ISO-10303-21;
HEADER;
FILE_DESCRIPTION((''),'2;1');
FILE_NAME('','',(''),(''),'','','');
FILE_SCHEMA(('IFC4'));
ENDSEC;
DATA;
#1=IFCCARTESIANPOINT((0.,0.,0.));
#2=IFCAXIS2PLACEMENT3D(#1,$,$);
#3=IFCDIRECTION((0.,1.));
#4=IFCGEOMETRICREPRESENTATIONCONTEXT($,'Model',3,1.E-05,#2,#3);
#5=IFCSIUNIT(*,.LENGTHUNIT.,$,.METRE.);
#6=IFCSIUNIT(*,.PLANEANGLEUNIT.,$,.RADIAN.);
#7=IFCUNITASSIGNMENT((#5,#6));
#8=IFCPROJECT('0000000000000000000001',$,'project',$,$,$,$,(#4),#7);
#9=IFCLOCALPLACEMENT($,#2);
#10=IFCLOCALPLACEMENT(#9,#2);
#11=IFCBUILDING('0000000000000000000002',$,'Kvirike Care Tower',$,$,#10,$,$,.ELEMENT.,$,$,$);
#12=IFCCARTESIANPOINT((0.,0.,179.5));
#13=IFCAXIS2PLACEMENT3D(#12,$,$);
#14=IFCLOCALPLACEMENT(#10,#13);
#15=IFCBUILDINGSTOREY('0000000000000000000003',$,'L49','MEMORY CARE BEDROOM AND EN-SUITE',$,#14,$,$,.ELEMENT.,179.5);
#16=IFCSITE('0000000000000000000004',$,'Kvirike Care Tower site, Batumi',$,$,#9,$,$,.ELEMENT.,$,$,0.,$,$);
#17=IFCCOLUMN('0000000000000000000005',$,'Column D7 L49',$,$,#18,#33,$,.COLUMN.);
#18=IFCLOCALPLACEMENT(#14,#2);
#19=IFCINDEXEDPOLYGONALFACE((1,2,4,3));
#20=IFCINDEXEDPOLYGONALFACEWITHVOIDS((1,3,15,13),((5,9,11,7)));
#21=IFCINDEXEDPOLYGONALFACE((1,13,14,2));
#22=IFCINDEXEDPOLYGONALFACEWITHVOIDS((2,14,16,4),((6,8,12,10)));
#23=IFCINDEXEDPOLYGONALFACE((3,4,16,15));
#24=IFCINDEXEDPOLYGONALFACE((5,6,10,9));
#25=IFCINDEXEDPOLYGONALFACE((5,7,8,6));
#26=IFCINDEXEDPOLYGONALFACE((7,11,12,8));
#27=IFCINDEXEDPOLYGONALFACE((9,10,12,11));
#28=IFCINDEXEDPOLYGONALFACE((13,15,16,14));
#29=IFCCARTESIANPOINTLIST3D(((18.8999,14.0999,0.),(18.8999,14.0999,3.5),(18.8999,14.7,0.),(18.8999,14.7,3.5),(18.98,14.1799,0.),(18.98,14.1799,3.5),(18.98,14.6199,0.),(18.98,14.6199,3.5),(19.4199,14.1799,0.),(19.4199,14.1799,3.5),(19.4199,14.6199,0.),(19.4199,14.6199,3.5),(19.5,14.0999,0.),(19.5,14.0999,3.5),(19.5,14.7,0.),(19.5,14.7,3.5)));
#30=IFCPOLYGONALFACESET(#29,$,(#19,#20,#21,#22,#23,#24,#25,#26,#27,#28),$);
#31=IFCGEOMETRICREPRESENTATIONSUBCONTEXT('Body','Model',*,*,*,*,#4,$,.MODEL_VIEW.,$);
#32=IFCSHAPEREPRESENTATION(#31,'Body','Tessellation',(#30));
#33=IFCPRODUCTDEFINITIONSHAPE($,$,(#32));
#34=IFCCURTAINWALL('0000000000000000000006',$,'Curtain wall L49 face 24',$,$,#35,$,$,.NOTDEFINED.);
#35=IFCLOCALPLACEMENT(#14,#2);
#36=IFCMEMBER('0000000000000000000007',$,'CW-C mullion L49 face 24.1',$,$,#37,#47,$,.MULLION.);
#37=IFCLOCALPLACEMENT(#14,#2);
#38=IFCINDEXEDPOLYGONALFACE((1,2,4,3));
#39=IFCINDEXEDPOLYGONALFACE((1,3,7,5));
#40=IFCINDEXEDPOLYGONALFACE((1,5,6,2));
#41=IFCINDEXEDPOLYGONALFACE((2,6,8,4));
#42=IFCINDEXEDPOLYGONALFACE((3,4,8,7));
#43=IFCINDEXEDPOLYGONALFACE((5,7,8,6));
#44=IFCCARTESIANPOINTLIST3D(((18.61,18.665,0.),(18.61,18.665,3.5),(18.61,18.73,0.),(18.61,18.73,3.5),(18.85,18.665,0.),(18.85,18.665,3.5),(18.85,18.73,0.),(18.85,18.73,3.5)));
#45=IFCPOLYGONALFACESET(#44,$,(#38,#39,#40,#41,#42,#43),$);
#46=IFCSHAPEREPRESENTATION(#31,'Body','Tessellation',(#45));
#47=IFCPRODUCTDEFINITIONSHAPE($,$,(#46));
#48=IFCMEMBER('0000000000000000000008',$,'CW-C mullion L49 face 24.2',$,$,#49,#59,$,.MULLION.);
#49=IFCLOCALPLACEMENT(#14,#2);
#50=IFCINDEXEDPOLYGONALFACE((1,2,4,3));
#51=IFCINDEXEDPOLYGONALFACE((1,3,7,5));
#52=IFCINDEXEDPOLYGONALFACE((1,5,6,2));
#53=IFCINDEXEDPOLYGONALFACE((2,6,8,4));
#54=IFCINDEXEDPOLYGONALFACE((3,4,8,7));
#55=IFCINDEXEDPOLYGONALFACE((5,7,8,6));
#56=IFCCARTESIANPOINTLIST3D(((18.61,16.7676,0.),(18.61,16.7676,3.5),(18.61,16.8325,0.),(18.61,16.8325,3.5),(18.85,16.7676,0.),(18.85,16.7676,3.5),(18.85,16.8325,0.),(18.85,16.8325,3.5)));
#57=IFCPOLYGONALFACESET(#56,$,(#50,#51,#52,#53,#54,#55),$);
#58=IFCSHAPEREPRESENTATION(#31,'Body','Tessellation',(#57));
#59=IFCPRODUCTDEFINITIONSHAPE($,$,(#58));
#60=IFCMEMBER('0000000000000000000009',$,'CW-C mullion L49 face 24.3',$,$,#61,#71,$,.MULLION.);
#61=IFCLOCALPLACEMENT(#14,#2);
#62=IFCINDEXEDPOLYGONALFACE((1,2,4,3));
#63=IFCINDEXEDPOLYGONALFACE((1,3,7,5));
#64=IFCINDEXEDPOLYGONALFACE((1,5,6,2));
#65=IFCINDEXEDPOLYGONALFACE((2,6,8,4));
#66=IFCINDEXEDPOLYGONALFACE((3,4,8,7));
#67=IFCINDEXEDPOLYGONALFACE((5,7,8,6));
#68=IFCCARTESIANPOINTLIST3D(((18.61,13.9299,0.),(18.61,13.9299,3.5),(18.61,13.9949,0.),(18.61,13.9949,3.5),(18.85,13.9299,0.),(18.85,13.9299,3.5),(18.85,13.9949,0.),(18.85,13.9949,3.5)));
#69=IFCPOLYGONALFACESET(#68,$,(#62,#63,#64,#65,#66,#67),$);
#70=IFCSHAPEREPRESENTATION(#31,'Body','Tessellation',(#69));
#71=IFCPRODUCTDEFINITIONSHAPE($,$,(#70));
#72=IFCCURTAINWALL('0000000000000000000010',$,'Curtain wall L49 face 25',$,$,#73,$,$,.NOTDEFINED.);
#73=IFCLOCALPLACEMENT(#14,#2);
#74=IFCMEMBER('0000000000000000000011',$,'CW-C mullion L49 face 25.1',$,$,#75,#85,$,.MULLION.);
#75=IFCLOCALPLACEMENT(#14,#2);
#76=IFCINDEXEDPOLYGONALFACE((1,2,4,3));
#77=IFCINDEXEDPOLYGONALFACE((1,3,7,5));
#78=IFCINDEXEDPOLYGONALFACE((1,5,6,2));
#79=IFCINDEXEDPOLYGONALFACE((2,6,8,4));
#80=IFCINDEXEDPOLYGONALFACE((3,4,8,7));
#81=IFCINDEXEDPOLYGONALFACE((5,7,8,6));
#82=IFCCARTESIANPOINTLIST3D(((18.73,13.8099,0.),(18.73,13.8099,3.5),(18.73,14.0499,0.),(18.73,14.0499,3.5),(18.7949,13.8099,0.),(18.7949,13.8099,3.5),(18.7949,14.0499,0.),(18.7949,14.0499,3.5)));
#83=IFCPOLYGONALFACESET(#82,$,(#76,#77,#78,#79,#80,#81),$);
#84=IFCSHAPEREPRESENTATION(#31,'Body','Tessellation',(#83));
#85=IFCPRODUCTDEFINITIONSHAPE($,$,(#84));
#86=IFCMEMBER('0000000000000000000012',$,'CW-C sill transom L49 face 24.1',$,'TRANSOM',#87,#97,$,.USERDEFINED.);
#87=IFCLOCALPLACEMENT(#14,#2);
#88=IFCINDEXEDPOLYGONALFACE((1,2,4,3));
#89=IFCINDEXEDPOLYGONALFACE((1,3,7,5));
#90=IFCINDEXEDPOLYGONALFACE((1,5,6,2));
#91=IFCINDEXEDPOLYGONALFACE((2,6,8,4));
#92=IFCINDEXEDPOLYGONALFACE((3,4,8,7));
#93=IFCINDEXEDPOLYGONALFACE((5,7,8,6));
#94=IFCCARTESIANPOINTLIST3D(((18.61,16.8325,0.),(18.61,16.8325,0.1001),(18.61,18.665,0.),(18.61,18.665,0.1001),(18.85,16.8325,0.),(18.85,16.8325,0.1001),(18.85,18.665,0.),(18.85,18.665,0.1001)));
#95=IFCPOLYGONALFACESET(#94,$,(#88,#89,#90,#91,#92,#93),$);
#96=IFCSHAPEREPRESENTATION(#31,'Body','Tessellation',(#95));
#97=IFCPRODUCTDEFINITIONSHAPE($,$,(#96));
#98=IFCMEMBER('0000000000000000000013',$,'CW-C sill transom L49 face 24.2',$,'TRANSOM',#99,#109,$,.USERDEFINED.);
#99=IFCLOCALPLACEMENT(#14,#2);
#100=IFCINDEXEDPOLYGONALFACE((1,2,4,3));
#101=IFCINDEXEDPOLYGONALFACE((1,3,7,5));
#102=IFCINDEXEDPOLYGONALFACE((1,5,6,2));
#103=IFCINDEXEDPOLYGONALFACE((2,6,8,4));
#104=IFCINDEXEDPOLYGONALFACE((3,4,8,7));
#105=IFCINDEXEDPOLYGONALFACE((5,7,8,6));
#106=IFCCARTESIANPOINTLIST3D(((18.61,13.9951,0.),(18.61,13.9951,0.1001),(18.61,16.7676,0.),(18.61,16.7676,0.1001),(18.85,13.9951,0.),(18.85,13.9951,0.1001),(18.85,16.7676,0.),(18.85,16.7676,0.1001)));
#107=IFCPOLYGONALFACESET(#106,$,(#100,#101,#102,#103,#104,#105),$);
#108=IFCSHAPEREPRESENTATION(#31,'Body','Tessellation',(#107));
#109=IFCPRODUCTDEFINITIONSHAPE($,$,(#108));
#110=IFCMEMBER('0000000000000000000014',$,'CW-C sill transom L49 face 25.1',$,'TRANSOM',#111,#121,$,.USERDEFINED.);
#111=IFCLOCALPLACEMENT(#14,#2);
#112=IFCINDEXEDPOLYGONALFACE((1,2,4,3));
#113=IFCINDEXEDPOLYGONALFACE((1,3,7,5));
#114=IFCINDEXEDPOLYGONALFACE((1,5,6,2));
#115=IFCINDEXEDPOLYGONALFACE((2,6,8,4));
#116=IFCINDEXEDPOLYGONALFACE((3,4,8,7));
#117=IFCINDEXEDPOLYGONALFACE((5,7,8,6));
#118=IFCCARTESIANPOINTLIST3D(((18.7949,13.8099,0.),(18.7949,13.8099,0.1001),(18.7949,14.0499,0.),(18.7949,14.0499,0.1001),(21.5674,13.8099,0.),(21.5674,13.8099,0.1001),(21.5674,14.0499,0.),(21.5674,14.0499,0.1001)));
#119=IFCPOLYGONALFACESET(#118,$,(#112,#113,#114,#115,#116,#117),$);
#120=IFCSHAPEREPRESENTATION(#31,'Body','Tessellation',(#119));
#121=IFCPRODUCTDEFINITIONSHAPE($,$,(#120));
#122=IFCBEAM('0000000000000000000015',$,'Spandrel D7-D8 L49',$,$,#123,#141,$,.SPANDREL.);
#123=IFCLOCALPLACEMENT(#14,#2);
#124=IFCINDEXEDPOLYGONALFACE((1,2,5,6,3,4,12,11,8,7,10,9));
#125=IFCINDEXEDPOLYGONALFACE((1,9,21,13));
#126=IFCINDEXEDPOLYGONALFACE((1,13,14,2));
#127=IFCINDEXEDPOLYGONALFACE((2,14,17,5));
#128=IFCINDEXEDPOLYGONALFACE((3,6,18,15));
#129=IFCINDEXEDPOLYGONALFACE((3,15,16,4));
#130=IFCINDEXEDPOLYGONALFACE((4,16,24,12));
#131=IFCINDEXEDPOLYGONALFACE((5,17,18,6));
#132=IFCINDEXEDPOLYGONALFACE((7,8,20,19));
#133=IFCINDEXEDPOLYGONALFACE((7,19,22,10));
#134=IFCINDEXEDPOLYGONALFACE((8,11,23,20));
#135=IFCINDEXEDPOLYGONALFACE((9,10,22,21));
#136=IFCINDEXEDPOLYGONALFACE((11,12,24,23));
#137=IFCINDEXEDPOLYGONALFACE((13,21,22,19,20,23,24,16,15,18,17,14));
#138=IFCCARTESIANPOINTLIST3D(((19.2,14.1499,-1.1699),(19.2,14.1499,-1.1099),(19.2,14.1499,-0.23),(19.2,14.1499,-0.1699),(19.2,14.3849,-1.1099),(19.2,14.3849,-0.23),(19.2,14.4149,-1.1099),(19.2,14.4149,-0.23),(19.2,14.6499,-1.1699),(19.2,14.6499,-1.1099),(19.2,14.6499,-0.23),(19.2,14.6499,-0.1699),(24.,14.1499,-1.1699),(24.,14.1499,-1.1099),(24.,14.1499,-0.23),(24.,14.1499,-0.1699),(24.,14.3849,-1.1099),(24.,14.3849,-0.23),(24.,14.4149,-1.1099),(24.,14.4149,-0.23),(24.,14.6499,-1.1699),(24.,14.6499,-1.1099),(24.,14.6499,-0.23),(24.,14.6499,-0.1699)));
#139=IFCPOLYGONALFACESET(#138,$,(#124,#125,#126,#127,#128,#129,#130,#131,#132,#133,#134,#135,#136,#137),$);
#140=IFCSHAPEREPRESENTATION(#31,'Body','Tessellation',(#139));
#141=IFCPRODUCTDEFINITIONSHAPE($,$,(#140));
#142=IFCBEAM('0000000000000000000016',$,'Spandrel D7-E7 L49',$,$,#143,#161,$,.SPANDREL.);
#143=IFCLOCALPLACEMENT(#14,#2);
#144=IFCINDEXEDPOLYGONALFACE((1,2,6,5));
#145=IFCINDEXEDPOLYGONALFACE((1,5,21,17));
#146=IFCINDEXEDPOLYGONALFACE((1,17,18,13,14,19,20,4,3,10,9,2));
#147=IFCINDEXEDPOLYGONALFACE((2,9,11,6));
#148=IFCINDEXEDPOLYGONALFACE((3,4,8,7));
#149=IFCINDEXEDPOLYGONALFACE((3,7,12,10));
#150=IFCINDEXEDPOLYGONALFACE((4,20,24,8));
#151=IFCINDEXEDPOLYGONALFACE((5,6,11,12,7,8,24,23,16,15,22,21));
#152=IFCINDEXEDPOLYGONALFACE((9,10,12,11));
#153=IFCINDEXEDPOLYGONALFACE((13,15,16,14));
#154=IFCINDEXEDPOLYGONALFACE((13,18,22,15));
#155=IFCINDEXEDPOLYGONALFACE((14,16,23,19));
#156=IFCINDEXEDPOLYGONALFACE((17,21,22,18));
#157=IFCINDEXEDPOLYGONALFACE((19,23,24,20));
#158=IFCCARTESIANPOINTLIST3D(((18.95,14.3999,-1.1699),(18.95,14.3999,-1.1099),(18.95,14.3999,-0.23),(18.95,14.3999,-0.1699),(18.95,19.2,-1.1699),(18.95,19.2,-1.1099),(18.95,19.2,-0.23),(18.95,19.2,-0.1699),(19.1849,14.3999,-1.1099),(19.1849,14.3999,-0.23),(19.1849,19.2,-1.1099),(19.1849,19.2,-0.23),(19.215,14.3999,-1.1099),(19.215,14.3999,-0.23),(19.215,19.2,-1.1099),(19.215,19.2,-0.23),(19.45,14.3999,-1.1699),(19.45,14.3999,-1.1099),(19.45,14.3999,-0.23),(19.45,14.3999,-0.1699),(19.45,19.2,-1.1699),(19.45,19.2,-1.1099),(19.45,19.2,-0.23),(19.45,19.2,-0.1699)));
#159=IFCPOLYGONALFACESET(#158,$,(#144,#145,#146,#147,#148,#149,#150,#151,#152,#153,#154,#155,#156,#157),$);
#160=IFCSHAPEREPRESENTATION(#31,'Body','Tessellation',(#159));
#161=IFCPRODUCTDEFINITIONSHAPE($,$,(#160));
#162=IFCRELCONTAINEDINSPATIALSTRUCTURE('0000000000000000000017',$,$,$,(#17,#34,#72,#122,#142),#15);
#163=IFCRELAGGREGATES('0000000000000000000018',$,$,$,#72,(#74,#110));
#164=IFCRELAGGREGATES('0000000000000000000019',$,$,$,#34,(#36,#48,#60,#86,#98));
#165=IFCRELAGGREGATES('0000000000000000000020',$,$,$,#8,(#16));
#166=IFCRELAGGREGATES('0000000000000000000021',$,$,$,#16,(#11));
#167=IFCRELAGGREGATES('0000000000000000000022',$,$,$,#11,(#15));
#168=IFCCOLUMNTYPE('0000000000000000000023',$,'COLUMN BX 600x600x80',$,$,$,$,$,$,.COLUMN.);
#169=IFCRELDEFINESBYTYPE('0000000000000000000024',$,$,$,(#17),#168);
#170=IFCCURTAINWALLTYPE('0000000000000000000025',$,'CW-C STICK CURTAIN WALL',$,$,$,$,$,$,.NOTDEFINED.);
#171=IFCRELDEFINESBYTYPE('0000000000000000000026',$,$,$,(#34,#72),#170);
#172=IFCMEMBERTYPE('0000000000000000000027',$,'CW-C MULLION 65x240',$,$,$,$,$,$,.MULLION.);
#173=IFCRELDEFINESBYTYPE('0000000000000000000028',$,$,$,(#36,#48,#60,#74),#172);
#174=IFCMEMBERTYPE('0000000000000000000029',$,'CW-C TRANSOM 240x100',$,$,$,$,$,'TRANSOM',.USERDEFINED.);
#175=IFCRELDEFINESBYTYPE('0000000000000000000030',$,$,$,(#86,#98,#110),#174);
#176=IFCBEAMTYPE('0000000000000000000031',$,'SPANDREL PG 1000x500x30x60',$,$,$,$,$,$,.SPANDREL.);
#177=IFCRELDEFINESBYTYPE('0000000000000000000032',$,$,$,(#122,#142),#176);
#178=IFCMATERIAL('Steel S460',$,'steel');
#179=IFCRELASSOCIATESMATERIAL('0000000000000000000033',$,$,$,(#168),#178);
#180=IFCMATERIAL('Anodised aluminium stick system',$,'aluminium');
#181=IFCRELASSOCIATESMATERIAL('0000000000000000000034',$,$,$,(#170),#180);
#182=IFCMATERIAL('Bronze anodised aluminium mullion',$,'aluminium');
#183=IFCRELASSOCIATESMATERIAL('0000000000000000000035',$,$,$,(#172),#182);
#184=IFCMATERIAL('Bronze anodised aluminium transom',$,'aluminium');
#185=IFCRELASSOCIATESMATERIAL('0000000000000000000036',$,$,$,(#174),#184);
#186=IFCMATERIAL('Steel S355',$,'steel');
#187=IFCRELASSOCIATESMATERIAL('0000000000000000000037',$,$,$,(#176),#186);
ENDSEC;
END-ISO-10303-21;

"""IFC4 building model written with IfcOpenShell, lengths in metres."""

from ifc_helpers import new_model, si_unit, direction, frame, origin, origin_2d, place, context, subcontext, project, spatial, rectangle, hollow_rectangle, i_section, extrude, material, material_profile, profile_set, type_object, element, aggregate, save


model = new_model("IFC4")

# Units and contexts
model_context = context("Model", 3, precision=1e-05, world=origin(), true_north=direction((0.0, 1.0)))
body_context = subcontext(model_context, "Body", "Model", "MODEL_VIEW")
ifc_project = project(units=[si_unit("LENGTHUNIT", "METRE"), si_unit("PLANEANGLEUNIT", "RADIAN")], contexts=[model_context])

# Site, building, storey
site_placement = place(None, origin())
site = spatial("IfcSite", under=ifc_project, at=site_placement, Name="Kvirike Care Tower site, Batumi", CompositionType="ELEMENT", RefElevation=0.0)
building_placement = place(site_placement, origin())
building = spatial("IfcBuilding", under=site, at=building_placement, Name="Kvirike Care Tower", CompositionType="ELEMENT")
storey_placement = place(building_placement, frame((0.0, 0.0, 179.5)))
storey = spatial("IfcBuildingStorey", under=building, at=storey_placement, Name="L49", Description="MEMORY CARE BEDROOM AND EN-SUITE", CompositionType="ELEMENT", Elevation=179.5)

# Column
ifc_material_1 = material(Name="Steel S460", Category="steel")
ifc_material_profile_1 = material_profile(ifc_material_1, hollow_rectangle(XDim=0.6001, YDim=0.6001, WallThickness=0.0801, at=origin_2d()), Name="BX 600x600x80")
ifc_profile_set_1 = profile_set([ifc_material_profile_1], Name="Steel S460")
column_type = type_object("IfcColumnType", Name="COLUMN BX 600x600x80", PredefinedType="COLUMN", material=ifc_profile_set_1)
column_placement = place(storey_placement, frame((19.2, 14.3999, 0.0), z_axis=(0.0, 0.0, 1.0), x_axis=(0.0, 1.0, 0.0)))
element("IfcColumn", 1, at=column_placement, inside=storey, type_object=column_type, Name="Column D7 L49", PredefinedType="COLUMN", context=body_context, shape_type="SweptSolid", body=[
    extrude(hollow_rectangle(XDim=0.6001, YDim=0.6001, WallThickness=0.0801, at=origin_2d()), origin(), (0.0, 0.0, 1.0), 3.5),
])

# Curtain wall, members
ifc_material_2 = material(Name="Anodised aluminium stick system", Category="aluminium")
curtain_wall_type = type_object("IfcCurtainWallType", Name="CW-C STICK CURTAIN WALL", PredefinedType="NOTDEFINED", material=ifc_material_2)
curtain_wall_1_placement = place(storey_placement, origin())
curtain_wall_1 = element("IfcCurtainWall", 2, at=curtain_wall_1_placement, inside=storey, type_object=curtain_wall_type, Name="Curtain wall L49 face 24", PredefinedType="NOTDEFINED")
ifc_material_3 = material(Name="Bronze anodised aluminium mullion", Category="aluminium")
ifc_material_profile_2 = material_profile(ifc_material_3, rectangle(XDim=0.0649, YDim=0.24, at=origin_2d()), Name="CW-C MULLION 65x240")
ifc_profile_set_2 = profile_set([ifc_material_profile_2], Name="Bronze anodised aluminium mullion")
member_type_1 = type_object("IfcMemberType", Name="CW-C MULLION 65x240", PredefinedType="MULLION", material=ifc_profile_set_2)
member_1_placement = place(storey_placement, frame((18.73, 18.6975, 0.0), z_axis=(0.0, 0.0, 1.0), x_axis=(0.0, -1.0, 0.0)))
member_1 = element("IfcMember", 3, at=member_1_placement, type_object=member_type_1, Name="CW-C mullion L49 face 24.1", PredefinedType="MULLION", context=body_context, shape_type="SweptSolid", body=[
    extrude(rectangle(XDim=0.0649, YDim=0.24, at=origin_2d()), origin(), (0.0, 0.0, 1.0), 3.5),
])
member_2_placement = place(storey_placement, frame((18.73, 16.8, 0.0), z_axis=(0.0, 0.0, 1.0), x_axis=(0.0, -1.0, 0.0)))
member_2 = element("IfcMember", 4, at=member_2_placement, type_object=member_type_1, Name="CW-C mullion L49 face 24.2", PredefinedType="MULLION", context=body_context, shape_type="SweptSolid", body=[
    extrude(rectangle(XDim=0.0649, YDim=0.24, at=origin_2d()), origin(), (0.0, 0.0, 1.0), 3.5),
])
member_3_placement = place(storey_placement, frame((18.73, 13.9624, 0.0), z_axis=(0.0, 0.0, 1.0), x_axis=(0.0, -1.0, 0.0)))
member_3 = element("IfcMember", 5, at=member_3_placement, type_object=member_type_1, Name="CW-C mullion L49 face 24.3", PredefinedType="MULLION", context=body_context, shape_type="SweptSolid", body=[
    extrude(rectangle(XDim=0.0649, YDim=0.24, at=origin_2d()), origin(), (0.0, 0.0, 1.0), 3.5),
])

# Curtain wall, member
curtain_wall_2_placement = place(storey_placement, origin())
curtain_wall_2 = element("IfcCurtainWall", 6, at=curtain_wall_2_placement, inside=storey, type_object=curtain_wall_type, Name="Curtain wall L49 face 25", PredefinedType="NOTDEFINED")
member_4_placement = place(storey_placement, frame((18.7625, 13.9299, 0.0), z_axis=(0.0, 0.0, 1.0), x_axis=(1.0, 0.0, 0.0)))
member_4 = element("IfcMember", 7, at=member_4_placement, type_object=member_type_1, Name="CW-C mullion L49 face 25.1", PredefinedType="MULLION", context=body_context, shape_type="SweptSolid", body=[
    extrude(rectangle(XDim=0.0649, YDim=0.24, at=origin_2d()), origin(), (0.0, 0.0, 1.0), 3.5),
])

# Members
ifc_material_4 = material(Name="Bronze anodised aluminium transom", Category="aluminium")
ifc_material_profile_3 = material_profile(ifc_material_4, rectangle(XDim=0.24, YDim=0.1001, at=origin_2d()), Name="CW-C TRANSOM 240x100")
ifc_profile_set_3 = profile_set([ifc_material_profile_3], Name="Bronze anodised aluminium transom")
member_type_2 = type_object("IfcMemberType", Name="CW-C TRANSOM 240x100", ElementType="TRANSOM", PredefinedType="USERDEFINED", material=ifc_profile_set_3)
member_5_placement = place(storey_placement, frame((18.73, 18.665, 0.05), z_axis=(0.0, -1.0, 0.0), x_axis=(1.0, 0.0, 0.0)))
member_5 = element("IfcMember", 8, at=member_5_placement, type_object=member_type_2, Name="CW-C sill transom L49 face 24.1", ObjectType="TRANSOM", PredefinedType="USERDEFINED", context=body_context, shape_type="SweptSolid", body=[
    extrude(rectangle(XDim=0.24, YDim=0.1001, at=origin_2d()), origin(), (0.0, 0.0, 1.0), 1.8325),
])
member_6_placement = place(storey_placement, frame((18.73, 16.7676, 0.05), z_axis=(0.0, -1.0, 0.0), x_axis=(1.0, 0.0, 0.0)))
member_6 = element("IfcMember", 9, at=member_6_placement, type_object=member_type_2, Name="CW-C sill transom L49 face 24.2", ObjectType="TRANSOM", PredefinedType="USERDEFINED", context=body_context, shape_type="SweptSolid", body=[
    extrude(rectangle(XDim=0.24, YDim=0.1001, at=origin_2d()), origin(), (0.0, 0.0, 1.0), 2.7725),
])
member_7_placement = place(storey_placement, frame((18.7949, 13.9299, 0.05), z_axis=(1.0, 0.0, 0.0), x_axis=(0.0, 1.0, 0.0)))
member_7 = element("IfcMember", 10, at=member_7_placement, type_object=member_type_2, Name="CW-C sill transom L49 face 25.1", ObjectType="TRANSOM", PredefinedType="USERDEFINED", context=body_context, shape_type="SweptSolid", body=[
    extrude(rectangle(XDim=0.24, YDim=0.1001, at=origin_2d()), origin(), (0.0, 0.0, 1.0), 2.7725),
])
aggregate(curtain_wall_2, [member_4, member_7])

# Beams
ifc_material_5 = material(Name="Steel S355", Category="steel")
ifc_material_profile_4 = material_profile(ifc_material_5, i_section(OverallWidth=0.5, OverallDepth=1.0, WebThickness=0.03, FlangeThickness=0.0601, at=origin_2d()), Name="PG 1000x500x30x60")
ifc_profile_set_4 = profile_set([ifc_material_profile_4], Name="Steel S355")
beam_type = type_object("IfcBeamType", Name="SPANDREL PG 1000x500x30x60", PredefinedType="SPANDREL", material=ifc_profile_set_4)
for number, where, z_axis, x_axis, name in (
    (11, (19.2, 14.3999, -0.6699), (1.0, 0.0, 0.0), (0.0, 1.0, 0.0), "Spandrel D7-D8 L49"),
    (12, (19.2, 14.3999, -0.6699), (0.0, 1.0, 0.0), (-1.0, 0.0, 0.0), "Spandrel D7-E7 L49"),
):
    element("IfcBeam", number, at=place(storey_placement, frame(where, z_axis=z_axis, x_axis=x_axis)), inside=storey, type_object=beam_type, Name=name, PredefinedType="SPANDREL", context=body_context, shape_type="SweptSolid", body=[
        extrude(i_section(OverallWidth=0.5, OverallDepth=1.0, WebThickness=0.03, FlangeThickness=0.0601, at=origin_2d()), origin(), (0.0, 0.0, 1.0), 4.8),
    ])

aggregate(curtain_wall_1, [member_1, member_2, member_3, member_5, member_6])

save(model, "model.ifc")
